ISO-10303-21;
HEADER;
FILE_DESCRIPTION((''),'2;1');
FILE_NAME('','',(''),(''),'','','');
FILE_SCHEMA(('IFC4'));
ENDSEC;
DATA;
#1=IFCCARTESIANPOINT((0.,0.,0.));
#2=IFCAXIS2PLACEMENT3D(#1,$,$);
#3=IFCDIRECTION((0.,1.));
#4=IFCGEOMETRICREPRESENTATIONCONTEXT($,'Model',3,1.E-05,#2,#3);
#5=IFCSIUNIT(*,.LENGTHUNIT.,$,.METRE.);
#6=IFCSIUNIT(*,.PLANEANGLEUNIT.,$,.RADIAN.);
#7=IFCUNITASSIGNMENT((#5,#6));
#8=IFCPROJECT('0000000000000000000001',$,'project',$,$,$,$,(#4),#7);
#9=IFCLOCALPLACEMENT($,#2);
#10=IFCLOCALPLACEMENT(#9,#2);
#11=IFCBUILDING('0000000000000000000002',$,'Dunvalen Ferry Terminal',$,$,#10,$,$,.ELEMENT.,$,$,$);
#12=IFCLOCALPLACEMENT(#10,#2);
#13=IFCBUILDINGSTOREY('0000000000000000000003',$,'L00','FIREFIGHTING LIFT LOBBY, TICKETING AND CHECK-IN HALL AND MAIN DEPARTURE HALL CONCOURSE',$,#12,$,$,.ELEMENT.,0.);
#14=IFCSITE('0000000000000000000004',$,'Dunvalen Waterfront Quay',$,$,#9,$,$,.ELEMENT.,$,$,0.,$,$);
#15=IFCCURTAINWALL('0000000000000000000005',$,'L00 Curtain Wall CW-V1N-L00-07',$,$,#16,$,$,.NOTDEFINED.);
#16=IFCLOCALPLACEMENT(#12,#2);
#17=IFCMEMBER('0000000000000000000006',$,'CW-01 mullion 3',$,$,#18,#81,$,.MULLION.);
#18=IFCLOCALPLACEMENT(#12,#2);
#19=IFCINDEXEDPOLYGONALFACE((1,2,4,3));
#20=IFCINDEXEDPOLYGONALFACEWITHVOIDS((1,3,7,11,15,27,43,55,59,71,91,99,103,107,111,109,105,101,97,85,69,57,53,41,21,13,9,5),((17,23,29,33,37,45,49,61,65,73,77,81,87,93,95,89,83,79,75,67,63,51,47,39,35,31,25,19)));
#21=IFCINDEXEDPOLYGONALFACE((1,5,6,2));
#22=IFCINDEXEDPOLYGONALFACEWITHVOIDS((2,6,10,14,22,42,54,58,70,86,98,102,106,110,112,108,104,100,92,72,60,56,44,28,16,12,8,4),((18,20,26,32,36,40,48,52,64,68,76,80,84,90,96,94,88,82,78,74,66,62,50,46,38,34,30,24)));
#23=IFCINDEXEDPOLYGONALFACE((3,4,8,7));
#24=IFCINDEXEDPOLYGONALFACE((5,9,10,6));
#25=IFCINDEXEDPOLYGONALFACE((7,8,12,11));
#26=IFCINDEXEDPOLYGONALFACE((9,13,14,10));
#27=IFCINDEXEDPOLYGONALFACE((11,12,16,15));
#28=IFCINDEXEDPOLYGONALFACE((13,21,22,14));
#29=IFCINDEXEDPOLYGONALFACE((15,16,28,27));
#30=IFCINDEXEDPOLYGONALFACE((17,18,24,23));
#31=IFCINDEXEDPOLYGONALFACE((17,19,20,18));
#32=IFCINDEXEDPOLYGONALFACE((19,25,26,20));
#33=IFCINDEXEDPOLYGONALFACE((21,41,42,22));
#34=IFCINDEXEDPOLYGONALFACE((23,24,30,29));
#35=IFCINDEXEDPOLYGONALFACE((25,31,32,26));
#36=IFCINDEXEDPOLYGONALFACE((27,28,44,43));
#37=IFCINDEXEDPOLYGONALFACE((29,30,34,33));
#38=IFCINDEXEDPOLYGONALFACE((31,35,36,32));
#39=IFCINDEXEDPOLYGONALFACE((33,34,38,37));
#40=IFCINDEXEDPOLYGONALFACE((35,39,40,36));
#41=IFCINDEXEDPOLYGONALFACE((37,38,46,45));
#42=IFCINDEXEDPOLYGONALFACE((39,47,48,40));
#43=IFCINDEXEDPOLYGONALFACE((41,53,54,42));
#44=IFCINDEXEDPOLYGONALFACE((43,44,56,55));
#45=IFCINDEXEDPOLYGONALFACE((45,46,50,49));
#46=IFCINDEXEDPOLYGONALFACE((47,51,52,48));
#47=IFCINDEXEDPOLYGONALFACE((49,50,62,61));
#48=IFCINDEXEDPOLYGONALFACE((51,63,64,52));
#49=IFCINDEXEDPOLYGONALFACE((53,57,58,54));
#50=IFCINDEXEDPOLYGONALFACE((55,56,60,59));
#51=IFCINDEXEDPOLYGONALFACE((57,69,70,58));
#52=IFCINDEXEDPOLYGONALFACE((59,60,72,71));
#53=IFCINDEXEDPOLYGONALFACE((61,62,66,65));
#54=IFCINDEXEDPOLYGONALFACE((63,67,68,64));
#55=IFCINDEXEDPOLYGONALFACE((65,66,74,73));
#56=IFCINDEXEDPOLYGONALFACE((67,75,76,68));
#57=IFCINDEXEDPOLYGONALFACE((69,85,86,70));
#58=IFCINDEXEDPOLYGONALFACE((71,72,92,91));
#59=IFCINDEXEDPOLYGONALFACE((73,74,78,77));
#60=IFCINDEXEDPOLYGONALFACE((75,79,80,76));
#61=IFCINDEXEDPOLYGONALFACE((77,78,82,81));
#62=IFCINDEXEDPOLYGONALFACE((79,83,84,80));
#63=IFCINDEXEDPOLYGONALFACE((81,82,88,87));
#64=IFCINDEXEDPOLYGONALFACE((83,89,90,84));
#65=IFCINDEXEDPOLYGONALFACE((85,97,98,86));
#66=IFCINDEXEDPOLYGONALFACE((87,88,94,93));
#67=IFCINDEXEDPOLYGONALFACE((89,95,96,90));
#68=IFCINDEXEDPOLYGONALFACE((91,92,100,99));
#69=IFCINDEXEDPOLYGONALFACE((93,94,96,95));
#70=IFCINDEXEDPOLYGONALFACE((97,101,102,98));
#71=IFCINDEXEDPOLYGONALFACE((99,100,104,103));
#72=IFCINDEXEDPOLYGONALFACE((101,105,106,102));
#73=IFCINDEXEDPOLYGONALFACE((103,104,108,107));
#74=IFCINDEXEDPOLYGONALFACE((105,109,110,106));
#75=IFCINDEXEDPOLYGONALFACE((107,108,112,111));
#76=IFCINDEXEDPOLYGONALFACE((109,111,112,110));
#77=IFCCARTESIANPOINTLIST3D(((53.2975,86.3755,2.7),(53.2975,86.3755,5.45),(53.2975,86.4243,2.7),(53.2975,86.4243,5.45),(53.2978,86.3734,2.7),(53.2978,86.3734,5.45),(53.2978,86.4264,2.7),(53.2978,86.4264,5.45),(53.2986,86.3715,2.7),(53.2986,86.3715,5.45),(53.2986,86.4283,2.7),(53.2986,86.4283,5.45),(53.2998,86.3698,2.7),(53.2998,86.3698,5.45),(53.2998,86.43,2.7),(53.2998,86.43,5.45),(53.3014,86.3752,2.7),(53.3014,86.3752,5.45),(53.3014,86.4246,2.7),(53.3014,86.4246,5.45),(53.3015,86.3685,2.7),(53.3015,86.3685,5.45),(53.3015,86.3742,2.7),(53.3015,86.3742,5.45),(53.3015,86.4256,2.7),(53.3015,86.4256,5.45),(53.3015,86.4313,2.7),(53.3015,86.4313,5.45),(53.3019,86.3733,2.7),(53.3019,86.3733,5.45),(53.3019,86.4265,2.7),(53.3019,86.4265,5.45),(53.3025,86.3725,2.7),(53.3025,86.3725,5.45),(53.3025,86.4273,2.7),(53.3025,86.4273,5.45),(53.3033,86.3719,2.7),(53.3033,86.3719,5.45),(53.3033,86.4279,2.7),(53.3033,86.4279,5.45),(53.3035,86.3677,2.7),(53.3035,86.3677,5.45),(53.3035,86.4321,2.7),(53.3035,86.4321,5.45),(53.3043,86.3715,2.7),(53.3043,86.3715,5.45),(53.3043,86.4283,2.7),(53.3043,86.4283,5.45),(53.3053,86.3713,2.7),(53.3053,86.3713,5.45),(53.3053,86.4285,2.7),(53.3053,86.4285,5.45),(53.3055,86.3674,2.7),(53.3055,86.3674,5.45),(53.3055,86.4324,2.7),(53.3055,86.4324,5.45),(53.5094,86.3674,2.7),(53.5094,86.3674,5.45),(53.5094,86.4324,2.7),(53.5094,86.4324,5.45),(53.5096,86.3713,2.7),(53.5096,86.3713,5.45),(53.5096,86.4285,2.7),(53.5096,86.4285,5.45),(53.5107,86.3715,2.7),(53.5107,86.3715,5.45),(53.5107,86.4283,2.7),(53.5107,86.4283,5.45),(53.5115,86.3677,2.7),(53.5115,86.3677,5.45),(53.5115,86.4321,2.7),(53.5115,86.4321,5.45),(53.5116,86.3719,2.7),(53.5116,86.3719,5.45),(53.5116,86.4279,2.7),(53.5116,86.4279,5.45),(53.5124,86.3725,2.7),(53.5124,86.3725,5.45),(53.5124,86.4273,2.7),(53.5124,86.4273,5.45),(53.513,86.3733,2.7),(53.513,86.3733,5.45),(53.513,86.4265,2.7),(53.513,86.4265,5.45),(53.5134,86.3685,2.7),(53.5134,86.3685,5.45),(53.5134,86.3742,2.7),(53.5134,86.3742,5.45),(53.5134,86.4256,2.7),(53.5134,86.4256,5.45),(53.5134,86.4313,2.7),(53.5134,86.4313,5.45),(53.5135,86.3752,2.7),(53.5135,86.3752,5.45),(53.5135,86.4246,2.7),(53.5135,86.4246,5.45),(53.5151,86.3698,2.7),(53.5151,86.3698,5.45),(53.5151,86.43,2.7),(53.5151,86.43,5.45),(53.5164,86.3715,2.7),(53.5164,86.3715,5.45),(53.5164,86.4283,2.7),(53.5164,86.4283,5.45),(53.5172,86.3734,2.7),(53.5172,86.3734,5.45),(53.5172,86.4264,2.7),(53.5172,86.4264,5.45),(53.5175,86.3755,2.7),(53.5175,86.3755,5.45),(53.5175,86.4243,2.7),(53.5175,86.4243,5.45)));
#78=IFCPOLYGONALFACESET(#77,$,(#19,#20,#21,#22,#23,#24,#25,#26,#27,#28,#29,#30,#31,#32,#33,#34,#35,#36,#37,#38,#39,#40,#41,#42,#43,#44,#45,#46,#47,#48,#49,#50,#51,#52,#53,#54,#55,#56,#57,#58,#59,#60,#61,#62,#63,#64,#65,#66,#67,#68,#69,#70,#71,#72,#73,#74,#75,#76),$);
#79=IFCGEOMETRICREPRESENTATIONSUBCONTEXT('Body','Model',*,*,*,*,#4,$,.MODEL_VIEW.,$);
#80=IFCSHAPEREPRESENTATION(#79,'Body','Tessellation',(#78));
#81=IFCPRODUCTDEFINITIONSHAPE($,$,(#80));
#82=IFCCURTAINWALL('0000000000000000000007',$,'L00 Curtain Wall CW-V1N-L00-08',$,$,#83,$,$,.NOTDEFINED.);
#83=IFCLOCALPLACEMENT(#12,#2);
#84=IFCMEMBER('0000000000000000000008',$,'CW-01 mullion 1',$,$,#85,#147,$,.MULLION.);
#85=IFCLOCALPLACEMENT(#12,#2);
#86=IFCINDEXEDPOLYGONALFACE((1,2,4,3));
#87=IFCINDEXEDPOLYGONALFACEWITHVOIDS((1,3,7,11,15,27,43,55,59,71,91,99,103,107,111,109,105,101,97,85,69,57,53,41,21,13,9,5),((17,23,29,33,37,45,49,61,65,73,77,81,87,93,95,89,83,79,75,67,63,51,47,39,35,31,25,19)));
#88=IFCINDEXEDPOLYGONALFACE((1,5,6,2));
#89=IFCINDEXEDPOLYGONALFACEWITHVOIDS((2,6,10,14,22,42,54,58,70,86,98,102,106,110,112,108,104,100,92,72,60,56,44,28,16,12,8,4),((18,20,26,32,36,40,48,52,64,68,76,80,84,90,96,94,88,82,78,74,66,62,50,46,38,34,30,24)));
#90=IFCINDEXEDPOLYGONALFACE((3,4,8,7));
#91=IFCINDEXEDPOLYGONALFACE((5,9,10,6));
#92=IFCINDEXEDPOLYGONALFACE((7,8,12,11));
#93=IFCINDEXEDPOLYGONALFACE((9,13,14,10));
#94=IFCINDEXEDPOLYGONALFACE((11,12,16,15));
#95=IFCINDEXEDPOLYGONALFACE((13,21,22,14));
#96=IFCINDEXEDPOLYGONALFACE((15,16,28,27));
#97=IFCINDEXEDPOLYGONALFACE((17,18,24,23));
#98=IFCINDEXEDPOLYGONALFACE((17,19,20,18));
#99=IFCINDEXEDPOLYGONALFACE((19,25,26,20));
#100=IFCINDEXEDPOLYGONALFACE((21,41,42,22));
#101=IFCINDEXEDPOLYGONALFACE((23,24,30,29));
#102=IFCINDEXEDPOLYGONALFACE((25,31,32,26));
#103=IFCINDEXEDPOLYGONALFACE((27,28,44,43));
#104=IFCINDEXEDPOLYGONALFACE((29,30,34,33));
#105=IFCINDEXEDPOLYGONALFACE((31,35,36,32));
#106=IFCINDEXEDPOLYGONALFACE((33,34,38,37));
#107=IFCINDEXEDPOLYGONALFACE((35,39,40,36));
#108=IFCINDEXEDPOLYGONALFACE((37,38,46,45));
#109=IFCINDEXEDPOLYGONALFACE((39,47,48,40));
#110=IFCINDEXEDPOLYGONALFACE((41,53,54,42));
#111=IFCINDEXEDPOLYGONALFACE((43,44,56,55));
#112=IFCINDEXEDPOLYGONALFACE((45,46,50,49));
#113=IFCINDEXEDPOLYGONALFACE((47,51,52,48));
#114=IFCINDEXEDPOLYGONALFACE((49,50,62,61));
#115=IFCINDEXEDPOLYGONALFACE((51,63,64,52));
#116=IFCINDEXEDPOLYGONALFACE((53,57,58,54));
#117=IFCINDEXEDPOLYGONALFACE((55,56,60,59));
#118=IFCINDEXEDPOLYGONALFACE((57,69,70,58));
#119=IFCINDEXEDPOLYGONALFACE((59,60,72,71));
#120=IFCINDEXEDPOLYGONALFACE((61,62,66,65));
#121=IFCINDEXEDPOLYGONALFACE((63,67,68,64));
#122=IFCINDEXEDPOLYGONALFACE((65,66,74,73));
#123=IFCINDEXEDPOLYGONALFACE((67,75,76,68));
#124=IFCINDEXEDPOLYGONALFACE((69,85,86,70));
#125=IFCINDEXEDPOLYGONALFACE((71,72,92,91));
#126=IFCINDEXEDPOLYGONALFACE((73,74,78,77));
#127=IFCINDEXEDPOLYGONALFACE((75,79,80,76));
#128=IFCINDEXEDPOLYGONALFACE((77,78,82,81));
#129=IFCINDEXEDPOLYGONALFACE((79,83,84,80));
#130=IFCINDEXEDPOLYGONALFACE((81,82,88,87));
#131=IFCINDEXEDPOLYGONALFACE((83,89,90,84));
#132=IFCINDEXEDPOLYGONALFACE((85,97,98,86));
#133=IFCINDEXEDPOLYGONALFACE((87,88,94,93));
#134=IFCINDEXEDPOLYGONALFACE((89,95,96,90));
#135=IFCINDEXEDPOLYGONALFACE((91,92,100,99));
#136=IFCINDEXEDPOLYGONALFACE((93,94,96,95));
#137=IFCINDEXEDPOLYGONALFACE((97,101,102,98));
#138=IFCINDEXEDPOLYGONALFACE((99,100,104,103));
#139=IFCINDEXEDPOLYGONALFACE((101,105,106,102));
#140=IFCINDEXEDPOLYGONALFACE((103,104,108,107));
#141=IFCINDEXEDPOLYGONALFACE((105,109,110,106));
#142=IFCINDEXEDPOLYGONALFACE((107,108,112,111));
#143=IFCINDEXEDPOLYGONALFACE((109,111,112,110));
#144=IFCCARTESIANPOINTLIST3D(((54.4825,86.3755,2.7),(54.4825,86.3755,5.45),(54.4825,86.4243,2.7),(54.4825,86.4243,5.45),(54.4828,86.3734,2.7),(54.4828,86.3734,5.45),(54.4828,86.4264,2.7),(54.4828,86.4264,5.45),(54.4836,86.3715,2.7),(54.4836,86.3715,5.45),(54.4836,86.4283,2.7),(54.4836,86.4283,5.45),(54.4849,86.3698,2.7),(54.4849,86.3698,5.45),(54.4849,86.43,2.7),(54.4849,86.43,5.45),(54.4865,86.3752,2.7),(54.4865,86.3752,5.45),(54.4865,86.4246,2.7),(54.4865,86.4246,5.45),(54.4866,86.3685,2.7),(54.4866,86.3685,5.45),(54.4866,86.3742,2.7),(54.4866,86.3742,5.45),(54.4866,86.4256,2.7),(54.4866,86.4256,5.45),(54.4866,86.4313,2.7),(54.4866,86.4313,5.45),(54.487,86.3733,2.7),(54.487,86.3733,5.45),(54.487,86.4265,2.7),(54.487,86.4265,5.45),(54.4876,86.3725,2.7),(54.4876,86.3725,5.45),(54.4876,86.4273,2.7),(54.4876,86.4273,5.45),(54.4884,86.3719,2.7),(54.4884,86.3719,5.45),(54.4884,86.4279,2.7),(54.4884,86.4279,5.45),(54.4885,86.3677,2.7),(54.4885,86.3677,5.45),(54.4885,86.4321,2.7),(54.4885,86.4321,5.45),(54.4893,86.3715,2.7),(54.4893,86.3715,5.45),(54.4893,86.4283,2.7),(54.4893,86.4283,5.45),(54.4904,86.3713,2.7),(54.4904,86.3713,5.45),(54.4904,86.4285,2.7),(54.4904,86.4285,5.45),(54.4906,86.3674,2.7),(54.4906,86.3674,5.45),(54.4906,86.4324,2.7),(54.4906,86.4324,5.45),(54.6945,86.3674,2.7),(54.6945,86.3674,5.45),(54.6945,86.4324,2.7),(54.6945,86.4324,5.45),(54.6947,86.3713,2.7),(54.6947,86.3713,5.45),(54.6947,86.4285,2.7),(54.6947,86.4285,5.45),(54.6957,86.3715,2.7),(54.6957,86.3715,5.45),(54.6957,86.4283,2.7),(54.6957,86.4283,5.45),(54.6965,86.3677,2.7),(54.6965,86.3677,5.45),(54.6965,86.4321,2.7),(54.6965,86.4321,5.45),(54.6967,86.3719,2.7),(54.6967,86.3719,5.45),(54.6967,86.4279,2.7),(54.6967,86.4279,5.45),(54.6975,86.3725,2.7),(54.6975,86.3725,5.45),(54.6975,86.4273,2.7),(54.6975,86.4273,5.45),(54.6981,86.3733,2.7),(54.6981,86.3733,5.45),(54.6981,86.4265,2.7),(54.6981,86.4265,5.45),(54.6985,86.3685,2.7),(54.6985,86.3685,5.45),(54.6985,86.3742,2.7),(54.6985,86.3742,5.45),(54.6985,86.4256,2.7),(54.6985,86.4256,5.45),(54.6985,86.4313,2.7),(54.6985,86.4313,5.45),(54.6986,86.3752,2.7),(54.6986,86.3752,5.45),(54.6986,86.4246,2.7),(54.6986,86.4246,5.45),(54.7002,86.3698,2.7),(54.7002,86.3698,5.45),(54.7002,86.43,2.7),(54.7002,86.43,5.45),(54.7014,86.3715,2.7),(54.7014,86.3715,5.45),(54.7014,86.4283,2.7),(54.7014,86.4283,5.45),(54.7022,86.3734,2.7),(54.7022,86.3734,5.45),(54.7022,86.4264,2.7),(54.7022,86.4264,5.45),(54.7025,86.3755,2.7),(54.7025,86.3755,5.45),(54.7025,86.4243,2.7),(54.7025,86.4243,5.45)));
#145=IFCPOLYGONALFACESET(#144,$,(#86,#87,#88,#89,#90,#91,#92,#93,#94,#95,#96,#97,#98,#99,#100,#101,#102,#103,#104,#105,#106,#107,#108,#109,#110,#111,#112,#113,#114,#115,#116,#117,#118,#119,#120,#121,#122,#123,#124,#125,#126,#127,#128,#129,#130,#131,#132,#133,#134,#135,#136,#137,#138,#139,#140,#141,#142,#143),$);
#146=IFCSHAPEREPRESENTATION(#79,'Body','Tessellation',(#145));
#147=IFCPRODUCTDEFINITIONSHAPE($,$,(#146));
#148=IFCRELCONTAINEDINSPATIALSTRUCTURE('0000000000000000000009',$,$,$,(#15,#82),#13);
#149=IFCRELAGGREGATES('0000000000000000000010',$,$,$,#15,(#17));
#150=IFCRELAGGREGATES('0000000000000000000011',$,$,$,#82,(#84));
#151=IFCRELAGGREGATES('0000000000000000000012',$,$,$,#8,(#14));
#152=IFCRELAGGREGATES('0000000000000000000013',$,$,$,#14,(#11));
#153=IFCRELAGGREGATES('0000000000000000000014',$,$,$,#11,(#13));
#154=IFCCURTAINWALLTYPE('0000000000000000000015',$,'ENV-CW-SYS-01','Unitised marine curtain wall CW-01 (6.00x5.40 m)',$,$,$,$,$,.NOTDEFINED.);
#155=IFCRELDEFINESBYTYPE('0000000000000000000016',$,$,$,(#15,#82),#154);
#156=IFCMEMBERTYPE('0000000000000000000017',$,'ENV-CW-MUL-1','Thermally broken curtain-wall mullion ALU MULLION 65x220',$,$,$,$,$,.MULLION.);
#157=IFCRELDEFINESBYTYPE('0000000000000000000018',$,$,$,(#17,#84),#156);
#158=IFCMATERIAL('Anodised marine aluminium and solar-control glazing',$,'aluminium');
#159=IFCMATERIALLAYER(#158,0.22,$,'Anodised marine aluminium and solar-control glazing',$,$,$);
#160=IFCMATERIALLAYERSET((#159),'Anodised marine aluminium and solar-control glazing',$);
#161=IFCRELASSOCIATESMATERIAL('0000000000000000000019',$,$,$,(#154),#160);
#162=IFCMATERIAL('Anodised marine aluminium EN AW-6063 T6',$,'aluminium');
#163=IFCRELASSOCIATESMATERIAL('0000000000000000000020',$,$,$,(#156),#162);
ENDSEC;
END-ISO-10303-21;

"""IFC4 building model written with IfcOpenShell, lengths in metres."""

from ifc_helpers import new_model, si_unit, direction, frame, origin, origin_2d, place, context, subcontext, project, spatial, hollow_rectangle, extrude, material, layer, layer_set, material_profile, profile_set, type_object, element, aggregate, save


model = new_model("IFC4")

# Units and contexts
model_context = context("Model", 3, precision=1e-05, world=origin(), true_north=direction((0.0, 1.0)))
body_context = subcontext(model_context, "Body", "Model", "MODEL_VIEW")
ifc_project = project(units=[si_unit("LENGTHUNIT", "METRE"), si_unit("PLANEANGLEUNIT", "RADIAN")], contexts=[model_context])

# Site, building, storey
site_placement = place(None, origin())
site = spatial("IfcSite", under=ifc_project, at=site_placement, Name="Dunvalen Waterfront Quay", CompositionType="ELEMENT", RefElevation=0.0)
building_placement = place(site_placement, origin())
building = spatial("IfcBuilding", under=site, at=building_placement, Name="Dunvalen Ferry Terminal", CompositionType="ELEMENT")
storey_placement = place(building_placement, origin())
storey = spatial("IfcBuildingStorey", under=building, at=storey_placement, Name="L00", Description="FIREFIGHTING LIFT LOBBY, TICKETING AND CHECK-IN HALL AND MAIN DEPARTURE HALL CONCOURSE", CompositionType="ELEMENT", Elevation=0.0)

# Curtain wall, member
ifc_material_1 = material(Name="Anodised marine aluminium and solar-control glazing", Category="aluminium")
ifc_layer_1 = layer(ifc_material_1, 0.22, Name="Anodised marine aluminium and solar-control glazing")
ifc_layer_set_1 = layer_set([ifc_layer_1], Name="Anodised marine aluminium and solar-control glazing")
curtain_wall_type = type_object("IfcCurtainWallType", Name="ENV-CW-SYS-01", Description="Unitised marine curtain wall CW-01 (6.00x5.40 m)", PredefinedType="NOTDEFINED", material=ifc_layer_set_1)
curtain_wall_1_placement = place(storey_placement, origin())
curtain_wall_1 = element("IfcCurtainWall", 1, at=curtain_wall_1_placement, inside=storey, type_object=curtain_wall_type, Name="L00 Curtain Wall CW-V1N-L00-07", PredefinedType="NOTDEFINED")
ifc_material_2 = material(Name="Anodised marine aluminium EN AW-6063 T6", Category="aluminium")
ifc_material_profile_1 = material_profile(ifc_material_2, hollow_rectangle(XDim=0.0649, YDim=0.22, WallThickness=0.0039, InnerFilletRadius=0.0039, OuterFilletRadius=0.0081, at=origin_2d()), Name="Anodised marine aluminium EN AW-6063 T6")
ifc_profile_set_1 = profile_set([ifc_material_profile_1], Name="Anodised marine aluminium EN AW-6063 T6")
member_type_1 = type_object("IfcMemberType", Name="ENV-CW-MUL-1", Description="Thermally broken curtain-wall mullion ALU MULLION 65x220", PredefinedType="MULLION", material=ifc_profile_set_1)
member_1_placement = place(storey_placement, frame((53.4075, 86.3999, 2.7), z_axis=(0.0, 0.0, 1.0), x_axis=(0.0, 1.0, 0.0)))
member_1 = element("IfcMember", 2, at=member_1_placement, type_object=member_type_1, Name="CW-01 mullion 3", PredefinedType="MULLION", context=body_context, shape_type="SweptSolid", body=[
    extrude(hollow_rectangle(XDim=0.0649, YDim=0.22, WallThickness=0.0039, InnerFilletRadius=0.0039, OuterFilletRadius=0.0081, at=origin_2d()), origin(), (0.0, 0.0, 1.0), 2.75),
])

# Curtain wall, member
curtain_wall_2_placement = place(storey_placement, origin())
curtain_wall_2 = element("IfcCurtainWall", 3, at=curtain_wall_2_placement, inside=storey, type_object=curtain_wall_type, Name="L00 Curtain Wall CW-V1N-L00-08", PredefinedType="NOTDEFINED")
member_2_placement = place(storey_placement, frame((54.5925, 86.3999, 2.7), z_axis=(0.0, 0.0, 1.0), x_axis=(0.0, 1.0, 0.0)))
member_2 = element("IfcMember", 4, at=member_2_placement, type_object=member_type_1, Name="CW-01 mullion 1", PredefinedType="MULLION", context=body_context, shape_type="SweptSolid", body=[
    extrude(hollow_rectangle(XDim=0.0649, YDim=0.22, WallThickness=0.0039, InnerFilletRadius=0.0039, OuterFilletRadius=0.0081, at=origin_2d()), origin(), (0.0, 0.0, 1.0), 2.75),
])

aggregate(curtain_wall_1, [member_1])
aggregate(curtain_wall_2, [member_2])

save(model, "model.ifc")
